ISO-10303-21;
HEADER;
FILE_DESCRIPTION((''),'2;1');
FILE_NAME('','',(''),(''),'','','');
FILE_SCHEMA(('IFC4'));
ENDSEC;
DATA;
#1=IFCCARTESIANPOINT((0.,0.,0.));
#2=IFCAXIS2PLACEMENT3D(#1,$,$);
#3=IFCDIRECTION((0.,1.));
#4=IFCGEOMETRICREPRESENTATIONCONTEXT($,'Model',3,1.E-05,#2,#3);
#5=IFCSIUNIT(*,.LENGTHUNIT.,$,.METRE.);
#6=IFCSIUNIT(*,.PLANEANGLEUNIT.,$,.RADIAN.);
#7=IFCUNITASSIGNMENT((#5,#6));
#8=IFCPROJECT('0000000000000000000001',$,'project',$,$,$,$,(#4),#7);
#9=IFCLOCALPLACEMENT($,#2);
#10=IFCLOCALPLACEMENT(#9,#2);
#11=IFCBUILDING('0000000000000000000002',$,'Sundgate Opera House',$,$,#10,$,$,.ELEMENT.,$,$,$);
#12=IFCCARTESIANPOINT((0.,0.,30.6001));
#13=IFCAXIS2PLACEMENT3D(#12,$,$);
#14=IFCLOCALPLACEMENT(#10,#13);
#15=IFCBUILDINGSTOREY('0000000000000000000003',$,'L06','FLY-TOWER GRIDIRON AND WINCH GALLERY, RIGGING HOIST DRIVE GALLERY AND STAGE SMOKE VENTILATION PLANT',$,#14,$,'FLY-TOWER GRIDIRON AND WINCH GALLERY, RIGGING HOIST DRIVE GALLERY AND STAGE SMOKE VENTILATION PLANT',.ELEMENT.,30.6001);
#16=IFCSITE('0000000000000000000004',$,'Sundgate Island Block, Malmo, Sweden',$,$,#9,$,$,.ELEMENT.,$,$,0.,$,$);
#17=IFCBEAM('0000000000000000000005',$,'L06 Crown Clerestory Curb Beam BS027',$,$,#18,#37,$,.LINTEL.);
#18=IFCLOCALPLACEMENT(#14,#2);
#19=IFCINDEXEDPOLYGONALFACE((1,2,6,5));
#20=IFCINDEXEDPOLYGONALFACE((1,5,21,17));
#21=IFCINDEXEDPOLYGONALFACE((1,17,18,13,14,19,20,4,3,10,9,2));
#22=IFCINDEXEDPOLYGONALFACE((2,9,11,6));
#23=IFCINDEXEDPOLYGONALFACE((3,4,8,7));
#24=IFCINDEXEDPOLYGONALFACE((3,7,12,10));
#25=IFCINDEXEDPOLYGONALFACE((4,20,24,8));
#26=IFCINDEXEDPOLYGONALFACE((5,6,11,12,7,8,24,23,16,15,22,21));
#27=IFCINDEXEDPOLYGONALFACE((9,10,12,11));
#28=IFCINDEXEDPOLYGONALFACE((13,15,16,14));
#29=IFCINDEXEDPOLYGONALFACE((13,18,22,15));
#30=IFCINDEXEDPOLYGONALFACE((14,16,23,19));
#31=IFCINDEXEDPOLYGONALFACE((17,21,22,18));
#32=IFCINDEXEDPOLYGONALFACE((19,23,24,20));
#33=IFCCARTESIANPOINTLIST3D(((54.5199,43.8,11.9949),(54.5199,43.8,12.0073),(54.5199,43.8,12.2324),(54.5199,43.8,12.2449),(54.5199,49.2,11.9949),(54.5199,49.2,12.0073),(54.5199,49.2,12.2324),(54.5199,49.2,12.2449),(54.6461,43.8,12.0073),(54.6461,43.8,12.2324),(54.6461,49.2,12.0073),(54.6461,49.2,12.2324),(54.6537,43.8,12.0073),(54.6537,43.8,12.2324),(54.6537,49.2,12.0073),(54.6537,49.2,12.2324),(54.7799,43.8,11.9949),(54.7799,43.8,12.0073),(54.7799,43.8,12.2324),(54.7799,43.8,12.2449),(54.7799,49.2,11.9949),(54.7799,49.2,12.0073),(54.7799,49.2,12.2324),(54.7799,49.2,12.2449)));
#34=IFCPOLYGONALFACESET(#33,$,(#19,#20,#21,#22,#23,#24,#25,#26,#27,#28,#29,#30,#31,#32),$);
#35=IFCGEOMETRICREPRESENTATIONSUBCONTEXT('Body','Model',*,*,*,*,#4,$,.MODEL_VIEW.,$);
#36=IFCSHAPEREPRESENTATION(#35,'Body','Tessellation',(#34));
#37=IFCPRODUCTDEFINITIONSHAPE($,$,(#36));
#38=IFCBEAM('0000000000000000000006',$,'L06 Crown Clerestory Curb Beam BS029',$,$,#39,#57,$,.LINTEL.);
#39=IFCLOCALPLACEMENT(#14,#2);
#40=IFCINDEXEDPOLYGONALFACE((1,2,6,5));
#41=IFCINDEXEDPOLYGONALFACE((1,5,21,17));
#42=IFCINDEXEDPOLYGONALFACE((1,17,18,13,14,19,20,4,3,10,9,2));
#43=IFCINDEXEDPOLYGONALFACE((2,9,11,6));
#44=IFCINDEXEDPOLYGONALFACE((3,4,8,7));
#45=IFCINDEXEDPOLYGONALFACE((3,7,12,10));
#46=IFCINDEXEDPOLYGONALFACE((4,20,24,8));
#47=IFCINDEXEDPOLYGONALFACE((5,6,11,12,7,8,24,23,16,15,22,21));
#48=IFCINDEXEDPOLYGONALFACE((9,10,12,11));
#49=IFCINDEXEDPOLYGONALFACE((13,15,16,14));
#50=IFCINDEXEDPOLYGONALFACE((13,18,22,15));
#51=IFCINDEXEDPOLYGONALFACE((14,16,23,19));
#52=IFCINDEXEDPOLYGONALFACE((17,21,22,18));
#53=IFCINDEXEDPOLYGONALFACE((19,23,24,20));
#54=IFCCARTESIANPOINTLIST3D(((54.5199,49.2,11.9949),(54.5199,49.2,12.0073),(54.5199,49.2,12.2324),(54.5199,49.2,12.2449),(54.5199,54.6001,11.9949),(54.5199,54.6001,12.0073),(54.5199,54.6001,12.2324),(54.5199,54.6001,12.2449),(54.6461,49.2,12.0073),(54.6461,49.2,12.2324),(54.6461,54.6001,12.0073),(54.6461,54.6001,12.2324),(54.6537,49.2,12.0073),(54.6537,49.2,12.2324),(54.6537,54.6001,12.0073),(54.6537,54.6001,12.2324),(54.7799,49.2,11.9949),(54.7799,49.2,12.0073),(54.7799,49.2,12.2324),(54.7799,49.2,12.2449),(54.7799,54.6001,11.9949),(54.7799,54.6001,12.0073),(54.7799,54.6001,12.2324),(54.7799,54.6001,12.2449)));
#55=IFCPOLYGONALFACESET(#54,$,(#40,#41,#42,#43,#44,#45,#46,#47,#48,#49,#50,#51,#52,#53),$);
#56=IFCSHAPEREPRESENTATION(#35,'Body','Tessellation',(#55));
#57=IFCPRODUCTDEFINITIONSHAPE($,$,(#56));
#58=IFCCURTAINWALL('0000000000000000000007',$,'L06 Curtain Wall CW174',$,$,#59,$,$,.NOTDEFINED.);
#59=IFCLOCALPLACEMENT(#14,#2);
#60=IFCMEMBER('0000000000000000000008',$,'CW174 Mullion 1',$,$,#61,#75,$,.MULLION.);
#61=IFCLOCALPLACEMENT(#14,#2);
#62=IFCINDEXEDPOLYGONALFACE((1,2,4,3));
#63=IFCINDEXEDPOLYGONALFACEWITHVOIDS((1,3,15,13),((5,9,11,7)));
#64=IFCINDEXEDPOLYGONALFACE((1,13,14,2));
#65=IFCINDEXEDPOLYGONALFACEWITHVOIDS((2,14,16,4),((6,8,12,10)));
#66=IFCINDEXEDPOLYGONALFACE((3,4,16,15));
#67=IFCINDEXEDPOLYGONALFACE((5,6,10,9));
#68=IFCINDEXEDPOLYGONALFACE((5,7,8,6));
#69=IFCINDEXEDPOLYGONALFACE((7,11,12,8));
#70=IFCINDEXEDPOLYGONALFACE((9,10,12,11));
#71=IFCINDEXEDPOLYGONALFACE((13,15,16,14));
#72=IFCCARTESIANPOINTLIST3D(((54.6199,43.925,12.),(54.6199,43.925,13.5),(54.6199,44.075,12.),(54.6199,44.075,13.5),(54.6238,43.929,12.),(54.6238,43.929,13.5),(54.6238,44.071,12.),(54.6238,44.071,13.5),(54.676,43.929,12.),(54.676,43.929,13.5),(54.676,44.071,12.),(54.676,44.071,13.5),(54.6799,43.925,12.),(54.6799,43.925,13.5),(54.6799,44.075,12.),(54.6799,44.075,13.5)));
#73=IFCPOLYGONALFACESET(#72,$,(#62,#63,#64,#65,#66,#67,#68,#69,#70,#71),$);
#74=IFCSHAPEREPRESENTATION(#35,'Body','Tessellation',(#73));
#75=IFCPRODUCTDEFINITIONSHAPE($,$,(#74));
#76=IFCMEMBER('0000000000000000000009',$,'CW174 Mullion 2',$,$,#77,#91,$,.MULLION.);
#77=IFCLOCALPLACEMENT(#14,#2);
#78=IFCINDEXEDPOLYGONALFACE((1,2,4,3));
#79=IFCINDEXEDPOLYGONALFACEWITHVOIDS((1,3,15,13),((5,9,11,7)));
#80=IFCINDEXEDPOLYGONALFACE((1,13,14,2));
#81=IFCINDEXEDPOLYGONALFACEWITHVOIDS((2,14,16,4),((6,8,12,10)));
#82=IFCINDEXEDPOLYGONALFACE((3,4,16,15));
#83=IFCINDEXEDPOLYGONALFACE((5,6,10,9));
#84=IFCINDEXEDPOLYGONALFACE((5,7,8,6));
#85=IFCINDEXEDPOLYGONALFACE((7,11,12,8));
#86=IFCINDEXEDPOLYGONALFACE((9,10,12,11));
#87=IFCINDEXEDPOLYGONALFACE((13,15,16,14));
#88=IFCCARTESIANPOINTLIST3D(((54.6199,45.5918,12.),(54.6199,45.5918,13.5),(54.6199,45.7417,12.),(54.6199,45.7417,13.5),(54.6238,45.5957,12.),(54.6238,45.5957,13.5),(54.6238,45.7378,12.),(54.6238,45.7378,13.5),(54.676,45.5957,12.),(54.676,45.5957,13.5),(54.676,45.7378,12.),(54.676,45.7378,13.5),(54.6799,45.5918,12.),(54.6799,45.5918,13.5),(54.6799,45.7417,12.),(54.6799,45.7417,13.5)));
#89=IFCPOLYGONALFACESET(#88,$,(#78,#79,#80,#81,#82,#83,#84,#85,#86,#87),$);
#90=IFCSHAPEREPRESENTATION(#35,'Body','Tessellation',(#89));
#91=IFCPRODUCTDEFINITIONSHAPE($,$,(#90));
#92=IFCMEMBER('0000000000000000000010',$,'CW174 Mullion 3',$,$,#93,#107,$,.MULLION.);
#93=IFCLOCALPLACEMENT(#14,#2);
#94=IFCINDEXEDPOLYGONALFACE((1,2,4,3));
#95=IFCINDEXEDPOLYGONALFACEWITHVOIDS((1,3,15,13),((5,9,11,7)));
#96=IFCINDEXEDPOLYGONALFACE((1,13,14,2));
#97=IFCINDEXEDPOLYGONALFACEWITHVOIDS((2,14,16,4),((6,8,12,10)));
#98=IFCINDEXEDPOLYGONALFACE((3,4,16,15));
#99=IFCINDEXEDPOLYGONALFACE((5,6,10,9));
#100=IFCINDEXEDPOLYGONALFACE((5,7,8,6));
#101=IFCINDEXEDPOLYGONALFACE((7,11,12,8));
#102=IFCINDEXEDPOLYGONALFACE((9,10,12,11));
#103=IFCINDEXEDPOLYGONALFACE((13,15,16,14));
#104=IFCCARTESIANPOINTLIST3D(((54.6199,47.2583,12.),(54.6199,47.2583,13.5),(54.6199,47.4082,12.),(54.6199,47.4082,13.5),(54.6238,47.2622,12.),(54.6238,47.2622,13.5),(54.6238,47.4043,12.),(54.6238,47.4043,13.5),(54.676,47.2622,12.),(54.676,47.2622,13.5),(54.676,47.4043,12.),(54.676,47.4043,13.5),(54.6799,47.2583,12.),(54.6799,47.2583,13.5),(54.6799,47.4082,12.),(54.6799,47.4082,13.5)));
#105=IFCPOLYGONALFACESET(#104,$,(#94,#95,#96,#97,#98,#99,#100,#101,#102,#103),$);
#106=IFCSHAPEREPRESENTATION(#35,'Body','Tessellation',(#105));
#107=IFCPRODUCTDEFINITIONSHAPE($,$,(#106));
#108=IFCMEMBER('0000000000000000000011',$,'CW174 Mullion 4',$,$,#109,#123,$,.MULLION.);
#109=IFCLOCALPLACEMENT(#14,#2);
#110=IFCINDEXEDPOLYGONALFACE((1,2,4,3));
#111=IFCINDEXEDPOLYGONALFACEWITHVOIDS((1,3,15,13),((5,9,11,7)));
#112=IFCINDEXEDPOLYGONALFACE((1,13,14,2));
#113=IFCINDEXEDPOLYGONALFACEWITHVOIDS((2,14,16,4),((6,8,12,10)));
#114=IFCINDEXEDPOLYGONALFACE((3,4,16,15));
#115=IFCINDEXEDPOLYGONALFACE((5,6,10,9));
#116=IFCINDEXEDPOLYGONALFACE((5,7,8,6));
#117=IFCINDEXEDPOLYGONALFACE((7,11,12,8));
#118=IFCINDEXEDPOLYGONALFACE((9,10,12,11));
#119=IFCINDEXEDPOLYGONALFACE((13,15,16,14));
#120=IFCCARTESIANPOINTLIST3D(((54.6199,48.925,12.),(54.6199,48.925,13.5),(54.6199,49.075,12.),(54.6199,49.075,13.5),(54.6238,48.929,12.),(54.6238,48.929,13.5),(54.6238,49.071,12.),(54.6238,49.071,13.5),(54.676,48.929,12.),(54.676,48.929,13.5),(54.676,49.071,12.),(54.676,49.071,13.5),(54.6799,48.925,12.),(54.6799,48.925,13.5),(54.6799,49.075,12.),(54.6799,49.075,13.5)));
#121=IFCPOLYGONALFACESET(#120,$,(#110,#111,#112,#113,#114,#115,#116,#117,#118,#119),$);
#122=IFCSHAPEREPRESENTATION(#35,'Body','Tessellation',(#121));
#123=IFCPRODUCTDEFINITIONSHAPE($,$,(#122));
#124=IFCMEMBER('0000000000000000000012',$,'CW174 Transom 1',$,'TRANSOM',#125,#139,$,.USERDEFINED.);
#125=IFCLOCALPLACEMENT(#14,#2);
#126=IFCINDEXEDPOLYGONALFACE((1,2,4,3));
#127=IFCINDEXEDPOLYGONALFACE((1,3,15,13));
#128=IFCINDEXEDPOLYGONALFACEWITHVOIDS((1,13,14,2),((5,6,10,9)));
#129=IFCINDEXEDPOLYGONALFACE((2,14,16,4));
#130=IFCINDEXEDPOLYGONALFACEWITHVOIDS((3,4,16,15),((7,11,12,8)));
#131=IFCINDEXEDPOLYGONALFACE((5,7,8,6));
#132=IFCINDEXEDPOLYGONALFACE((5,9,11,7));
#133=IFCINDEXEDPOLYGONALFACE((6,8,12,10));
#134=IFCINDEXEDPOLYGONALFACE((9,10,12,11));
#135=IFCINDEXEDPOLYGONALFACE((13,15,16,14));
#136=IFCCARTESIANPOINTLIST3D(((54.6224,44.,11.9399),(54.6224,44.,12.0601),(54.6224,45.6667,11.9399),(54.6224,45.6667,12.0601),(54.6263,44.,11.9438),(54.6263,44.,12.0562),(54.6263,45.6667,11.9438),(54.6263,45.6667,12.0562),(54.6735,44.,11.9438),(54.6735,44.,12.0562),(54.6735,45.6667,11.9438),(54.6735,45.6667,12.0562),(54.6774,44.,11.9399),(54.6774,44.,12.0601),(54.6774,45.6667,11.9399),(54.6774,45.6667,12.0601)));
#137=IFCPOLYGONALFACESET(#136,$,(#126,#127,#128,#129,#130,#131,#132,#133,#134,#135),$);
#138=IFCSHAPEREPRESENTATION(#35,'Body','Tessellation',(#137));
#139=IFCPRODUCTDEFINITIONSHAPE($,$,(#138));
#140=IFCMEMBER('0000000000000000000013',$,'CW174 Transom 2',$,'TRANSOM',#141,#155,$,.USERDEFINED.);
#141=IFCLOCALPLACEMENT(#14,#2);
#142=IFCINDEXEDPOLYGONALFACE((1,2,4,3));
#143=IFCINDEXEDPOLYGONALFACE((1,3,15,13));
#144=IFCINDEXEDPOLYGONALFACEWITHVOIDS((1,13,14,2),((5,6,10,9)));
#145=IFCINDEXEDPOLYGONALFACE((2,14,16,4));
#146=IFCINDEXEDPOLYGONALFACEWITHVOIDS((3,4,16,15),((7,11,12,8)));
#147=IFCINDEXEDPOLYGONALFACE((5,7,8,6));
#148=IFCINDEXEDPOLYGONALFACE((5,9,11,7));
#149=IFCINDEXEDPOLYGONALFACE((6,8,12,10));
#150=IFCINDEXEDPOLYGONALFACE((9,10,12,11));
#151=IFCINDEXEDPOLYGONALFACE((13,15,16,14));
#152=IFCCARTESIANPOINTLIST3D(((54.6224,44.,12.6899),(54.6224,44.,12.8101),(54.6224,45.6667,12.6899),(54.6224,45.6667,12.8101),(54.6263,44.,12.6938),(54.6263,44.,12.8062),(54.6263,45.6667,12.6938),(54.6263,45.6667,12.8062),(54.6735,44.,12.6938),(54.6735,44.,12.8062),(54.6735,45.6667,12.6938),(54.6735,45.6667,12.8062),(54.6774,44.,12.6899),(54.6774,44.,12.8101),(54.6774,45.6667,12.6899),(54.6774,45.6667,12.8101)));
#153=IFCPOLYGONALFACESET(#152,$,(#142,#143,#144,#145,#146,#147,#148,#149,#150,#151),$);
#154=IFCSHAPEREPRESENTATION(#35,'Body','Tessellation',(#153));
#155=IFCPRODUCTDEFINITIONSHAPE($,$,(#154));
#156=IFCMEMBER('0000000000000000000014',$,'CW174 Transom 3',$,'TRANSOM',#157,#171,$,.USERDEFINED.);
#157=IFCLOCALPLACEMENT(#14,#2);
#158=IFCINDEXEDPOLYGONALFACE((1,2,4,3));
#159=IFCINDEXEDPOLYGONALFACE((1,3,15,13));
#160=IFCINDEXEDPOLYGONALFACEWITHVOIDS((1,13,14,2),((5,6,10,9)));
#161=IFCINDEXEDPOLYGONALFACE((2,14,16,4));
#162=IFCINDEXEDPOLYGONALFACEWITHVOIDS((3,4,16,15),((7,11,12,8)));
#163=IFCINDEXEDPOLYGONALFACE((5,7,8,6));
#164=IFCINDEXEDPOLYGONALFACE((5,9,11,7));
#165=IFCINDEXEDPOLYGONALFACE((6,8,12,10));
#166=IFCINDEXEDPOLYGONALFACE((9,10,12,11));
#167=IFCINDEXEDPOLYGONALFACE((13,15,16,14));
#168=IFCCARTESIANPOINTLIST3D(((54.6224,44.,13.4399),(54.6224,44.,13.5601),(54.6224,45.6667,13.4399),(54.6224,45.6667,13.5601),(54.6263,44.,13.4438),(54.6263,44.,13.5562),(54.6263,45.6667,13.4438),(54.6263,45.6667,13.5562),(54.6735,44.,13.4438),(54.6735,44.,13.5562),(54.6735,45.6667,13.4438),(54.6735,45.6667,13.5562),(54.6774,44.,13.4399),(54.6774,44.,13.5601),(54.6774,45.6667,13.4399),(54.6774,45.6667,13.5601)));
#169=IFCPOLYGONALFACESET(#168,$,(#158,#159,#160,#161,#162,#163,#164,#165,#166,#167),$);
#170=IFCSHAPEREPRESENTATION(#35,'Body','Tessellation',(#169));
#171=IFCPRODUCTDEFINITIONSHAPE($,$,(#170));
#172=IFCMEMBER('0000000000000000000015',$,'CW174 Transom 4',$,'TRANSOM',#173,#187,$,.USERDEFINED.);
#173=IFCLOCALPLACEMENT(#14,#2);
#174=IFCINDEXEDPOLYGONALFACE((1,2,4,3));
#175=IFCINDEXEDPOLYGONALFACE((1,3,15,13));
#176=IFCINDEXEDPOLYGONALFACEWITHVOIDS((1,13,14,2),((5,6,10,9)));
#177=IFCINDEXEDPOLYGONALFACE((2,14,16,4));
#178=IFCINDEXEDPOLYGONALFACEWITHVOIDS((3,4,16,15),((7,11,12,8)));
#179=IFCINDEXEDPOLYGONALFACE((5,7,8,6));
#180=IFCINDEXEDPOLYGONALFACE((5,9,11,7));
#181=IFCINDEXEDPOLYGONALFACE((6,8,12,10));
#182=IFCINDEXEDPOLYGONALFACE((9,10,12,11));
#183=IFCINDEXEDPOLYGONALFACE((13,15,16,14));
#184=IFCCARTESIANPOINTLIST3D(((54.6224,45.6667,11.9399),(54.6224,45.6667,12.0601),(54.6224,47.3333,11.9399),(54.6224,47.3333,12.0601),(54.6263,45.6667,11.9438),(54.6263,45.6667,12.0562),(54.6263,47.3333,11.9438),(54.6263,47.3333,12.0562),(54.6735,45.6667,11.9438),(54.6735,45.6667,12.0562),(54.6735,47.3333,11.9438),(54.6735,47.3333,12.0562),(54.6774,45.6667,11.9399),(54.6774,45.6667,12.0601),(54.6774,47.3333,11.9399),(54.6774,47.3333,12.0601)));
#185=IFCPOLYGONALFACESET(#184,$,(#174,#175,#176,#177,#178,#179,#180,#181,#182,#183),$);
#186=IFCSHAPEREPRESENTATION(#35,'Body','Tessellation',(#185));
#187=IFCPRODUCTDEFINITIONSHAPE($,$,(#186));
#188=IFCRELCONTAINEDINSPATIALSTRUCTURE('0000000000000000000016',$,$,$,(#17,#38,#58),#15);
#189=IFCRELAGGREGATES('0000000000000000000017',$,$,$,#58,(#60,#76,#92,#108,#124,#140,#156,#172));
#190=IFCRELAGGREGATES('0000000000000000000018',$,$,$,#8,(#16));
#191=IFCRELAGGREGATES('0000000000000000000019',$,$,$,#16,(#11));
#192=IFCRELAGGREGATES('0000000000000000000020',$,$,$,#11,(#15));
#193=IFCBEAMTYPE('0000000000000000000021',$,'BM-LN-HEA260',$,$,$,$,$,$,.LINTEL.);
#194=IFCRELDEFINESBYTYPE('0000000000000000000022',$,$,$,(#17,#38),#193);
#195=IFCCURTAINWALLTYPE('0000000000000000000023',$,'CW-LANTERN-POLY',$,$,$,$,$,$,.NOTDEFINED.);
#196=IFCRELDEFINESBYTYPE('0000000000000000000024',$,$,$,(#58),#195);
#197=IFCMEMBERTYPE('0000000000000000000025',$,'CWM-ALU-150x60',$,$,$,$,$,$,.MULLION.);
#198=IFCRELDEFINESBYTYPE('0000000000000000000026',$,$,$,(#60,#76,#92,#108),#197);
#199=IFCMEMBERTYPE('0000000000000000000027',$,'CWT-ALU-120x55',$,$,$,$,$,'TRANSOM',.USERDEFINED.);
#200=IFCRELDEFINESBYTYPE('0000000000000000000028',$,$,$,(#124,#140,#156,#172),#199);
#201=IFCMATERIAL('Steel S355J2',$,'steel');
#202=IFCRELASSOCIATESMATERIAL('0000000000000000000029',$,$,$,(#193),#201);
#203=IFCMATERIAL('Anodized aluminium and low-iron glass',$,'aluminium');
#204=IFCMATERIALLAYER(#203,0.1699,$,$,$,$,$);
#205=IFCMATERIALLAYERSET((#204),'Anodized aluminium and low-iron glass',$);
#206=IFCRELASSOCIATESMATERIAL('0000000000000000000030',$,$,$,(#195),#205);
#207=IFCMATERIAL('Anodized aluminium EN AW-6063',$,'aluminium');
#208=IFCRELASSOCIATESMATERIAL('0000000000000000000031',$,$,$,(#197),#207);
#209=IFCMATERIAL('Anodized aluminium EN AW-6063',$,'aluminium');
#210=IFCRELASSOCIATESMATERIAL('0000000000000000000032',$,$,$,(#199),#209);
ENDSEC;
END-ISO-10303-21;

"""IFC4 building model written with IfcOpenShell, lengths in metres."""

from ifc_helpers import new_model, si_unit, direction, frame, origin, origin_2d, place, context, subcontext, project, spatial, hollow_rectangle, i_section, extrude, material, layer, layer_set, material_profile, profile_set, type_object, element, aggregate, save


model = new_model("IFC4")

# Units and contexts
model_context = context("Model", 3, precision=1e-05, world=origin(), true_north=direction((0.0, 1.0)))
body_context = subcontext(model_context, "Body", "Model", "MODEL_VIEW")
ifc_project = project(units=[si_unit("LENGTHUNIT", "METRE"), si_unit("PLANEANGLEUNIT", "RADIAN")], contexts=[model_context])

# Site, building, storey
site_placement = place(None, origin())
site = spatial("IfcSite", under=ifc_project, at=site_placement, Name="Sundgate Island Block, Malmo, Sweden", CompositionType="ELEMENT", RefElevation=0.0)
building_placement = place(site_placement, origin())
building = spatial("IfcBuilding", under=site, at=building_placement, Name="Sundgate Opera House", CompositionType="ELEMENT")
storey_placement = place(building_placement, frame((0.0, 0.0, 30.6001)))
storey = spatial("IfcBuildingStorey", under=building, at=storey_placement, Name="L06", Description="FLY-TOWER GRIDIRON AND WINCH GALLERY, RIGGING HOIST DRIVE GALLERY AND STAGE SMOKE VENTILATION PLANT", LongName="FLY-TOWER GRIDIRON AND WINCH GALLERY, RIGGING HOIST DRIVE GALLERY AND STAGE SMOKE VENTILATION PLANT", CompositionType="ELEMENT", Elevation=30.6001)

# Beams
ifc_material_1 = material(Name="Steel S355J2", Category="steel")
ifc_material_profile_1 = material_profile(ifc_material_1, i_section(OverallWidth=0.26, OverallDepth=0.25, WebThickness=0.0076, FlangeThickness=0.0125, at=origin_2d()), Name="HEA 260")
ifc_profile_set_1 = profile_set([ifc_material_profile_1], Name="Steel S355J2")
beam_type = type_object("IfcBeamType", Name="BM-LN-HEA260", PredefinedType="LINTEL", material=ifc_profile_set_1)
beam_1_placement = place(storey_placement, frame((54.6499, 43.8, 12.1199), z_axis=(0.0, 1.0, 0.0), x_axis=(-1.0, 0.0, 0.0)))
element("IfcBeam", 1, at=beam_1_placement, inside=storey, type_object=beam_type, Name="L06 Crown Clerestory Curb Beam BS027", PredefinedType="LINTEL", context=body_context, shape_type="SweptSolid", body=[
    extrude(i_section(OverallWidth=0.26, OverallDepth=0.25, WebThickness=0.0076, FlangeThickness=0.0125, at=origin_2d()), origin(), (0.0, 0.0, 1.0), 5.3999),
])
beam_2_placement = place(storey_placement, frame((54.6499, 49.2, 12.1199), z_axis=(0.0, 1.0, 0.0), x_axis=(-1.0, 0.0, 0.0)))
element("IfcBeam", 2, at=beam_2_placement, inside=storey, type_object=beam_type, Name="L06 Crown Clerestory Curb Beam BS029", PredefinedType="LINTEL", context=body_context, shape_type="SweptSolid", body=[
    extrude(i_section(OverallWidth=0.26, OverallDepth=0.25, WebThickness=0.0076, FlangeThickness=0.0125, at=origin_2d()), origin(), (0.0, 0.0, 1.0), 5.4001),
])

# Curtain wall, members
ifc_material_2 = material(Name="Anodized aluminium and low-iron glass", Category="aluminium")
ifc_layer_1 = layer(ifc_material_2, 0.1699)
ifc_layer_set_1 = layer_set([ifc_layer_1], Name="Anodized aluminium and low-iron glass")
curtain_wall_type = type_object("IfcCurtainWallType", Name="CW-LANTERN-POLY", PredefinedType="NOTDEFINED", material=ifc_layer_set_1)
curtain_wall_placement = place(storey_placement, origin())
curtain_wall = element("IfcCurtainWall", 3, at=curtain_wall_placement, inside=storey, type_object=curtain_wall_type, Name="L06 Curtain Wall CW174", PredefinedType="NOTDEFINED")
ifc_material_3 = material(Name="Anodized aluminium EN AW-6063", Category="aluminium")
ifc_material_profile_2 = material_profile(ifc_material_3, hollow_rectangle(XDim=0.0601, YDim=0.1499, WallThickness=0.0039, at=origin_2d()), Name="CWM 150x60x4")
ifc_profile_set_2 = profile_set([ifc_material_profile_2], Name="Anodized aluminium EN AW-6063")
member_type_1 = type_object("IfcMemberType", Name="CWM-ALU-150x60", PredefinedType="MULLION", material=ifc_profile_set_2)
member_1_placement = place(storey_placement, frame((54.6499, 44.0, 12.0), z_axis=(0.0, 0.0, 1.0), x_axis=(1.0, 0.0, 0.0)))
member_1 = element("IfcMember", 4, at=member_1_placement, type_object=member_type_1, Name="CW174 Mullion 1", PredefinedType="MULLION", context=body_context, shape_type="SweptSolid", body=[
    extrude(hollow_rectangle(XDim=0.0601, YDim=0.1499, WallThickness=0.0039, at=origin_2d()), origin(), (0.0, 0.0, 1.0), 1.5),
])
member_2_placement = place(storey_placement, frame((54.6499, 45.6667, 12.0), z_axis=(0.0, 0.0, 1.0), x_axis=(1.0, 0.0, 0.0)))
member_2 = element("IfcMember", 5, at=member_2_placement, type_object=member_type_1, Name="CW174 Mullion 2", PredefinedType="MULLION", context=body_context, shape_type="SweptSolid", body=[
    extrude(hollow_rectangle(XDim=0.0601, YDim=0.1499, WallThickness=0.0039, at=origin_2d()), origin(), (0.0, 0.0, 1.0), 1.5),
])
member_3_placement = place(storey_placement, frame((54.6499, 47.3333, 12.0), z_axis=(0.0, 0.0, 1.0), x_axis=(1.0, 0.0, 0.0)))
member_3 = element("IfcMember", 6, at=member_3_placement, type_object=member_type_1, Name="CW174 Mullion 3", PredefinedType="MULLION", context=body_context, shape_type="SweptSolid", body=[
    extrude(hollow_rectangle(XDim=0.0601, YDim=0.1499, WallThickness=0.0039, at=origin_2d()), origin(), (0.0, 0.0, 1.0), 1.5),
])
member_4_placement = place(storey_placement, frame((54.6499, 49.0, 12.0), z_axis=(0.0, 0.0, 1.0), x_axis=(1.0, 0.0, 0.0)))
member_4 = element("IfcMember", 7, at=member_4_placement, type_object=member_type_1, Name="CW174 Mullion 4", PredefinedType="MULLION", context=body_context, shape_type="SweptSolid", body=[
    extrude(hollow_rectangle(XDim=0.0601, YDim=0.1499, WallThickness=0.0039, at=origin_2d()), origin(), (0.0, 0.0, 1.0), 1.5),
])
ifc_material_4 = material(Name="Anodized aluminium EN AW-6063", Category="aluminium")
ifc_material_profile_3 = material_profile(ifc_material_4, hollow_rectangle(XDim=0.0549, YDim=0.1201, WallThickness=0.0039, at=origin_2d()), Name="CWT 120x55x4")
ifc_profile_set_3 = profile_set([ifc_material_profile_3], Name="Anodized aluminium EN AW-6063")
member_type_2 = type_object("IfcMemberType", Name="CWT-ALU-120x55", ElementType="TRANSOM", PredefinedType="USERDEFINED", material=ifc_profile_set_3)
member_5_placement = place(storey_placement, frame((54.6499, 44.0, 12.0), z_axis=(0.0, 1.0, 0.0), x_axis=(-1.0, 0.0, 0.0)))
member_5 = element("IfcMember", 8, at=member_5_placement, type_object=member_type_2, Name="CW174 Transom 1", ObjectType="TRANSOM", PredefinedType="USERDEFINED", context=body_context, shape_type="SweptSolid", body=[
    extrude(hollow_rectangle(XDim=0.0549, YDim=0.1201, WallThickness=0.0039, at=origin_2d()), origin(), (0.0, 0.0, 1.0), 1.6667),
])
member_6_placement = place(storey_placement, frame((54.6499, 44.0, 12.75), z_axis=(0.0, 1.0, 0.0), x_axis=(-1.0, 0.0, 0.0)))
member_6 = element("IfcMember", 9, at=member_6_placement, type_object=member_type_2, Name="CW174 Transom 2", ObjectType="TRANSOM", PredefinedType="USERDEFINED", context=body_context, shape_type="SweptSolid", body=[
    extrude(hollow_rectangle(XDim=0.0549, YDim=0.1201, WallThickness=0.0039, at=origin_2d()), origin(), (0.0, 0.0, 1.0), 1.6667),
])
member_7_placement = place(storey_placement, frame((54.6499, 44.0, 13.5), z_axis=(0.0, 1.0, 0.0), x_axis=(-1.0, 0.0, 0.0)))
member_7 = element("IfcMember", 10, at=member_7_placement, type_object=member_type_2, Name="CW174 Transom 3", ObjectType="TRANSOM", PredefinedType="USERDEFINED", context=body_context, shape_type="SweptSolid", body=[
    extrude(hollow_rectangle(XDim=0.0549, YDim=0.1201, WallThickness=0.0039, at=origin_2d()), origin(), (0.0, 0.0, 1.0), 1.6667),
])
member_8_placement = place(storey_placement, frame((54.6499, 45.6667, 12.0), z_axis=(0.0, 1.0, 0.0), x_axis=(-1.0, 0.0, 0.0)))
member_8 = element("IfcMember", 11, at=member_8_placement, type_object=member_type_2, Name="CW174 Transom 4", ObjectType="TRANSOM", PredefinedType="USERDEFINED", context=body_context, shape_type="SweptSolid", body=[
    extrude(hollow_rectangle(XDim=0.0549, YDim=0.1201, WallThickness=0.0039, at=origin_2d()), origin(), (0.0, 0.0, 1.0), 1.6665),
])

aggregate(curtain_wall, [member_1, member_2, member_3, member_4, member_5, member_6, member_7, member_8])

save(model, "model.ifc")
